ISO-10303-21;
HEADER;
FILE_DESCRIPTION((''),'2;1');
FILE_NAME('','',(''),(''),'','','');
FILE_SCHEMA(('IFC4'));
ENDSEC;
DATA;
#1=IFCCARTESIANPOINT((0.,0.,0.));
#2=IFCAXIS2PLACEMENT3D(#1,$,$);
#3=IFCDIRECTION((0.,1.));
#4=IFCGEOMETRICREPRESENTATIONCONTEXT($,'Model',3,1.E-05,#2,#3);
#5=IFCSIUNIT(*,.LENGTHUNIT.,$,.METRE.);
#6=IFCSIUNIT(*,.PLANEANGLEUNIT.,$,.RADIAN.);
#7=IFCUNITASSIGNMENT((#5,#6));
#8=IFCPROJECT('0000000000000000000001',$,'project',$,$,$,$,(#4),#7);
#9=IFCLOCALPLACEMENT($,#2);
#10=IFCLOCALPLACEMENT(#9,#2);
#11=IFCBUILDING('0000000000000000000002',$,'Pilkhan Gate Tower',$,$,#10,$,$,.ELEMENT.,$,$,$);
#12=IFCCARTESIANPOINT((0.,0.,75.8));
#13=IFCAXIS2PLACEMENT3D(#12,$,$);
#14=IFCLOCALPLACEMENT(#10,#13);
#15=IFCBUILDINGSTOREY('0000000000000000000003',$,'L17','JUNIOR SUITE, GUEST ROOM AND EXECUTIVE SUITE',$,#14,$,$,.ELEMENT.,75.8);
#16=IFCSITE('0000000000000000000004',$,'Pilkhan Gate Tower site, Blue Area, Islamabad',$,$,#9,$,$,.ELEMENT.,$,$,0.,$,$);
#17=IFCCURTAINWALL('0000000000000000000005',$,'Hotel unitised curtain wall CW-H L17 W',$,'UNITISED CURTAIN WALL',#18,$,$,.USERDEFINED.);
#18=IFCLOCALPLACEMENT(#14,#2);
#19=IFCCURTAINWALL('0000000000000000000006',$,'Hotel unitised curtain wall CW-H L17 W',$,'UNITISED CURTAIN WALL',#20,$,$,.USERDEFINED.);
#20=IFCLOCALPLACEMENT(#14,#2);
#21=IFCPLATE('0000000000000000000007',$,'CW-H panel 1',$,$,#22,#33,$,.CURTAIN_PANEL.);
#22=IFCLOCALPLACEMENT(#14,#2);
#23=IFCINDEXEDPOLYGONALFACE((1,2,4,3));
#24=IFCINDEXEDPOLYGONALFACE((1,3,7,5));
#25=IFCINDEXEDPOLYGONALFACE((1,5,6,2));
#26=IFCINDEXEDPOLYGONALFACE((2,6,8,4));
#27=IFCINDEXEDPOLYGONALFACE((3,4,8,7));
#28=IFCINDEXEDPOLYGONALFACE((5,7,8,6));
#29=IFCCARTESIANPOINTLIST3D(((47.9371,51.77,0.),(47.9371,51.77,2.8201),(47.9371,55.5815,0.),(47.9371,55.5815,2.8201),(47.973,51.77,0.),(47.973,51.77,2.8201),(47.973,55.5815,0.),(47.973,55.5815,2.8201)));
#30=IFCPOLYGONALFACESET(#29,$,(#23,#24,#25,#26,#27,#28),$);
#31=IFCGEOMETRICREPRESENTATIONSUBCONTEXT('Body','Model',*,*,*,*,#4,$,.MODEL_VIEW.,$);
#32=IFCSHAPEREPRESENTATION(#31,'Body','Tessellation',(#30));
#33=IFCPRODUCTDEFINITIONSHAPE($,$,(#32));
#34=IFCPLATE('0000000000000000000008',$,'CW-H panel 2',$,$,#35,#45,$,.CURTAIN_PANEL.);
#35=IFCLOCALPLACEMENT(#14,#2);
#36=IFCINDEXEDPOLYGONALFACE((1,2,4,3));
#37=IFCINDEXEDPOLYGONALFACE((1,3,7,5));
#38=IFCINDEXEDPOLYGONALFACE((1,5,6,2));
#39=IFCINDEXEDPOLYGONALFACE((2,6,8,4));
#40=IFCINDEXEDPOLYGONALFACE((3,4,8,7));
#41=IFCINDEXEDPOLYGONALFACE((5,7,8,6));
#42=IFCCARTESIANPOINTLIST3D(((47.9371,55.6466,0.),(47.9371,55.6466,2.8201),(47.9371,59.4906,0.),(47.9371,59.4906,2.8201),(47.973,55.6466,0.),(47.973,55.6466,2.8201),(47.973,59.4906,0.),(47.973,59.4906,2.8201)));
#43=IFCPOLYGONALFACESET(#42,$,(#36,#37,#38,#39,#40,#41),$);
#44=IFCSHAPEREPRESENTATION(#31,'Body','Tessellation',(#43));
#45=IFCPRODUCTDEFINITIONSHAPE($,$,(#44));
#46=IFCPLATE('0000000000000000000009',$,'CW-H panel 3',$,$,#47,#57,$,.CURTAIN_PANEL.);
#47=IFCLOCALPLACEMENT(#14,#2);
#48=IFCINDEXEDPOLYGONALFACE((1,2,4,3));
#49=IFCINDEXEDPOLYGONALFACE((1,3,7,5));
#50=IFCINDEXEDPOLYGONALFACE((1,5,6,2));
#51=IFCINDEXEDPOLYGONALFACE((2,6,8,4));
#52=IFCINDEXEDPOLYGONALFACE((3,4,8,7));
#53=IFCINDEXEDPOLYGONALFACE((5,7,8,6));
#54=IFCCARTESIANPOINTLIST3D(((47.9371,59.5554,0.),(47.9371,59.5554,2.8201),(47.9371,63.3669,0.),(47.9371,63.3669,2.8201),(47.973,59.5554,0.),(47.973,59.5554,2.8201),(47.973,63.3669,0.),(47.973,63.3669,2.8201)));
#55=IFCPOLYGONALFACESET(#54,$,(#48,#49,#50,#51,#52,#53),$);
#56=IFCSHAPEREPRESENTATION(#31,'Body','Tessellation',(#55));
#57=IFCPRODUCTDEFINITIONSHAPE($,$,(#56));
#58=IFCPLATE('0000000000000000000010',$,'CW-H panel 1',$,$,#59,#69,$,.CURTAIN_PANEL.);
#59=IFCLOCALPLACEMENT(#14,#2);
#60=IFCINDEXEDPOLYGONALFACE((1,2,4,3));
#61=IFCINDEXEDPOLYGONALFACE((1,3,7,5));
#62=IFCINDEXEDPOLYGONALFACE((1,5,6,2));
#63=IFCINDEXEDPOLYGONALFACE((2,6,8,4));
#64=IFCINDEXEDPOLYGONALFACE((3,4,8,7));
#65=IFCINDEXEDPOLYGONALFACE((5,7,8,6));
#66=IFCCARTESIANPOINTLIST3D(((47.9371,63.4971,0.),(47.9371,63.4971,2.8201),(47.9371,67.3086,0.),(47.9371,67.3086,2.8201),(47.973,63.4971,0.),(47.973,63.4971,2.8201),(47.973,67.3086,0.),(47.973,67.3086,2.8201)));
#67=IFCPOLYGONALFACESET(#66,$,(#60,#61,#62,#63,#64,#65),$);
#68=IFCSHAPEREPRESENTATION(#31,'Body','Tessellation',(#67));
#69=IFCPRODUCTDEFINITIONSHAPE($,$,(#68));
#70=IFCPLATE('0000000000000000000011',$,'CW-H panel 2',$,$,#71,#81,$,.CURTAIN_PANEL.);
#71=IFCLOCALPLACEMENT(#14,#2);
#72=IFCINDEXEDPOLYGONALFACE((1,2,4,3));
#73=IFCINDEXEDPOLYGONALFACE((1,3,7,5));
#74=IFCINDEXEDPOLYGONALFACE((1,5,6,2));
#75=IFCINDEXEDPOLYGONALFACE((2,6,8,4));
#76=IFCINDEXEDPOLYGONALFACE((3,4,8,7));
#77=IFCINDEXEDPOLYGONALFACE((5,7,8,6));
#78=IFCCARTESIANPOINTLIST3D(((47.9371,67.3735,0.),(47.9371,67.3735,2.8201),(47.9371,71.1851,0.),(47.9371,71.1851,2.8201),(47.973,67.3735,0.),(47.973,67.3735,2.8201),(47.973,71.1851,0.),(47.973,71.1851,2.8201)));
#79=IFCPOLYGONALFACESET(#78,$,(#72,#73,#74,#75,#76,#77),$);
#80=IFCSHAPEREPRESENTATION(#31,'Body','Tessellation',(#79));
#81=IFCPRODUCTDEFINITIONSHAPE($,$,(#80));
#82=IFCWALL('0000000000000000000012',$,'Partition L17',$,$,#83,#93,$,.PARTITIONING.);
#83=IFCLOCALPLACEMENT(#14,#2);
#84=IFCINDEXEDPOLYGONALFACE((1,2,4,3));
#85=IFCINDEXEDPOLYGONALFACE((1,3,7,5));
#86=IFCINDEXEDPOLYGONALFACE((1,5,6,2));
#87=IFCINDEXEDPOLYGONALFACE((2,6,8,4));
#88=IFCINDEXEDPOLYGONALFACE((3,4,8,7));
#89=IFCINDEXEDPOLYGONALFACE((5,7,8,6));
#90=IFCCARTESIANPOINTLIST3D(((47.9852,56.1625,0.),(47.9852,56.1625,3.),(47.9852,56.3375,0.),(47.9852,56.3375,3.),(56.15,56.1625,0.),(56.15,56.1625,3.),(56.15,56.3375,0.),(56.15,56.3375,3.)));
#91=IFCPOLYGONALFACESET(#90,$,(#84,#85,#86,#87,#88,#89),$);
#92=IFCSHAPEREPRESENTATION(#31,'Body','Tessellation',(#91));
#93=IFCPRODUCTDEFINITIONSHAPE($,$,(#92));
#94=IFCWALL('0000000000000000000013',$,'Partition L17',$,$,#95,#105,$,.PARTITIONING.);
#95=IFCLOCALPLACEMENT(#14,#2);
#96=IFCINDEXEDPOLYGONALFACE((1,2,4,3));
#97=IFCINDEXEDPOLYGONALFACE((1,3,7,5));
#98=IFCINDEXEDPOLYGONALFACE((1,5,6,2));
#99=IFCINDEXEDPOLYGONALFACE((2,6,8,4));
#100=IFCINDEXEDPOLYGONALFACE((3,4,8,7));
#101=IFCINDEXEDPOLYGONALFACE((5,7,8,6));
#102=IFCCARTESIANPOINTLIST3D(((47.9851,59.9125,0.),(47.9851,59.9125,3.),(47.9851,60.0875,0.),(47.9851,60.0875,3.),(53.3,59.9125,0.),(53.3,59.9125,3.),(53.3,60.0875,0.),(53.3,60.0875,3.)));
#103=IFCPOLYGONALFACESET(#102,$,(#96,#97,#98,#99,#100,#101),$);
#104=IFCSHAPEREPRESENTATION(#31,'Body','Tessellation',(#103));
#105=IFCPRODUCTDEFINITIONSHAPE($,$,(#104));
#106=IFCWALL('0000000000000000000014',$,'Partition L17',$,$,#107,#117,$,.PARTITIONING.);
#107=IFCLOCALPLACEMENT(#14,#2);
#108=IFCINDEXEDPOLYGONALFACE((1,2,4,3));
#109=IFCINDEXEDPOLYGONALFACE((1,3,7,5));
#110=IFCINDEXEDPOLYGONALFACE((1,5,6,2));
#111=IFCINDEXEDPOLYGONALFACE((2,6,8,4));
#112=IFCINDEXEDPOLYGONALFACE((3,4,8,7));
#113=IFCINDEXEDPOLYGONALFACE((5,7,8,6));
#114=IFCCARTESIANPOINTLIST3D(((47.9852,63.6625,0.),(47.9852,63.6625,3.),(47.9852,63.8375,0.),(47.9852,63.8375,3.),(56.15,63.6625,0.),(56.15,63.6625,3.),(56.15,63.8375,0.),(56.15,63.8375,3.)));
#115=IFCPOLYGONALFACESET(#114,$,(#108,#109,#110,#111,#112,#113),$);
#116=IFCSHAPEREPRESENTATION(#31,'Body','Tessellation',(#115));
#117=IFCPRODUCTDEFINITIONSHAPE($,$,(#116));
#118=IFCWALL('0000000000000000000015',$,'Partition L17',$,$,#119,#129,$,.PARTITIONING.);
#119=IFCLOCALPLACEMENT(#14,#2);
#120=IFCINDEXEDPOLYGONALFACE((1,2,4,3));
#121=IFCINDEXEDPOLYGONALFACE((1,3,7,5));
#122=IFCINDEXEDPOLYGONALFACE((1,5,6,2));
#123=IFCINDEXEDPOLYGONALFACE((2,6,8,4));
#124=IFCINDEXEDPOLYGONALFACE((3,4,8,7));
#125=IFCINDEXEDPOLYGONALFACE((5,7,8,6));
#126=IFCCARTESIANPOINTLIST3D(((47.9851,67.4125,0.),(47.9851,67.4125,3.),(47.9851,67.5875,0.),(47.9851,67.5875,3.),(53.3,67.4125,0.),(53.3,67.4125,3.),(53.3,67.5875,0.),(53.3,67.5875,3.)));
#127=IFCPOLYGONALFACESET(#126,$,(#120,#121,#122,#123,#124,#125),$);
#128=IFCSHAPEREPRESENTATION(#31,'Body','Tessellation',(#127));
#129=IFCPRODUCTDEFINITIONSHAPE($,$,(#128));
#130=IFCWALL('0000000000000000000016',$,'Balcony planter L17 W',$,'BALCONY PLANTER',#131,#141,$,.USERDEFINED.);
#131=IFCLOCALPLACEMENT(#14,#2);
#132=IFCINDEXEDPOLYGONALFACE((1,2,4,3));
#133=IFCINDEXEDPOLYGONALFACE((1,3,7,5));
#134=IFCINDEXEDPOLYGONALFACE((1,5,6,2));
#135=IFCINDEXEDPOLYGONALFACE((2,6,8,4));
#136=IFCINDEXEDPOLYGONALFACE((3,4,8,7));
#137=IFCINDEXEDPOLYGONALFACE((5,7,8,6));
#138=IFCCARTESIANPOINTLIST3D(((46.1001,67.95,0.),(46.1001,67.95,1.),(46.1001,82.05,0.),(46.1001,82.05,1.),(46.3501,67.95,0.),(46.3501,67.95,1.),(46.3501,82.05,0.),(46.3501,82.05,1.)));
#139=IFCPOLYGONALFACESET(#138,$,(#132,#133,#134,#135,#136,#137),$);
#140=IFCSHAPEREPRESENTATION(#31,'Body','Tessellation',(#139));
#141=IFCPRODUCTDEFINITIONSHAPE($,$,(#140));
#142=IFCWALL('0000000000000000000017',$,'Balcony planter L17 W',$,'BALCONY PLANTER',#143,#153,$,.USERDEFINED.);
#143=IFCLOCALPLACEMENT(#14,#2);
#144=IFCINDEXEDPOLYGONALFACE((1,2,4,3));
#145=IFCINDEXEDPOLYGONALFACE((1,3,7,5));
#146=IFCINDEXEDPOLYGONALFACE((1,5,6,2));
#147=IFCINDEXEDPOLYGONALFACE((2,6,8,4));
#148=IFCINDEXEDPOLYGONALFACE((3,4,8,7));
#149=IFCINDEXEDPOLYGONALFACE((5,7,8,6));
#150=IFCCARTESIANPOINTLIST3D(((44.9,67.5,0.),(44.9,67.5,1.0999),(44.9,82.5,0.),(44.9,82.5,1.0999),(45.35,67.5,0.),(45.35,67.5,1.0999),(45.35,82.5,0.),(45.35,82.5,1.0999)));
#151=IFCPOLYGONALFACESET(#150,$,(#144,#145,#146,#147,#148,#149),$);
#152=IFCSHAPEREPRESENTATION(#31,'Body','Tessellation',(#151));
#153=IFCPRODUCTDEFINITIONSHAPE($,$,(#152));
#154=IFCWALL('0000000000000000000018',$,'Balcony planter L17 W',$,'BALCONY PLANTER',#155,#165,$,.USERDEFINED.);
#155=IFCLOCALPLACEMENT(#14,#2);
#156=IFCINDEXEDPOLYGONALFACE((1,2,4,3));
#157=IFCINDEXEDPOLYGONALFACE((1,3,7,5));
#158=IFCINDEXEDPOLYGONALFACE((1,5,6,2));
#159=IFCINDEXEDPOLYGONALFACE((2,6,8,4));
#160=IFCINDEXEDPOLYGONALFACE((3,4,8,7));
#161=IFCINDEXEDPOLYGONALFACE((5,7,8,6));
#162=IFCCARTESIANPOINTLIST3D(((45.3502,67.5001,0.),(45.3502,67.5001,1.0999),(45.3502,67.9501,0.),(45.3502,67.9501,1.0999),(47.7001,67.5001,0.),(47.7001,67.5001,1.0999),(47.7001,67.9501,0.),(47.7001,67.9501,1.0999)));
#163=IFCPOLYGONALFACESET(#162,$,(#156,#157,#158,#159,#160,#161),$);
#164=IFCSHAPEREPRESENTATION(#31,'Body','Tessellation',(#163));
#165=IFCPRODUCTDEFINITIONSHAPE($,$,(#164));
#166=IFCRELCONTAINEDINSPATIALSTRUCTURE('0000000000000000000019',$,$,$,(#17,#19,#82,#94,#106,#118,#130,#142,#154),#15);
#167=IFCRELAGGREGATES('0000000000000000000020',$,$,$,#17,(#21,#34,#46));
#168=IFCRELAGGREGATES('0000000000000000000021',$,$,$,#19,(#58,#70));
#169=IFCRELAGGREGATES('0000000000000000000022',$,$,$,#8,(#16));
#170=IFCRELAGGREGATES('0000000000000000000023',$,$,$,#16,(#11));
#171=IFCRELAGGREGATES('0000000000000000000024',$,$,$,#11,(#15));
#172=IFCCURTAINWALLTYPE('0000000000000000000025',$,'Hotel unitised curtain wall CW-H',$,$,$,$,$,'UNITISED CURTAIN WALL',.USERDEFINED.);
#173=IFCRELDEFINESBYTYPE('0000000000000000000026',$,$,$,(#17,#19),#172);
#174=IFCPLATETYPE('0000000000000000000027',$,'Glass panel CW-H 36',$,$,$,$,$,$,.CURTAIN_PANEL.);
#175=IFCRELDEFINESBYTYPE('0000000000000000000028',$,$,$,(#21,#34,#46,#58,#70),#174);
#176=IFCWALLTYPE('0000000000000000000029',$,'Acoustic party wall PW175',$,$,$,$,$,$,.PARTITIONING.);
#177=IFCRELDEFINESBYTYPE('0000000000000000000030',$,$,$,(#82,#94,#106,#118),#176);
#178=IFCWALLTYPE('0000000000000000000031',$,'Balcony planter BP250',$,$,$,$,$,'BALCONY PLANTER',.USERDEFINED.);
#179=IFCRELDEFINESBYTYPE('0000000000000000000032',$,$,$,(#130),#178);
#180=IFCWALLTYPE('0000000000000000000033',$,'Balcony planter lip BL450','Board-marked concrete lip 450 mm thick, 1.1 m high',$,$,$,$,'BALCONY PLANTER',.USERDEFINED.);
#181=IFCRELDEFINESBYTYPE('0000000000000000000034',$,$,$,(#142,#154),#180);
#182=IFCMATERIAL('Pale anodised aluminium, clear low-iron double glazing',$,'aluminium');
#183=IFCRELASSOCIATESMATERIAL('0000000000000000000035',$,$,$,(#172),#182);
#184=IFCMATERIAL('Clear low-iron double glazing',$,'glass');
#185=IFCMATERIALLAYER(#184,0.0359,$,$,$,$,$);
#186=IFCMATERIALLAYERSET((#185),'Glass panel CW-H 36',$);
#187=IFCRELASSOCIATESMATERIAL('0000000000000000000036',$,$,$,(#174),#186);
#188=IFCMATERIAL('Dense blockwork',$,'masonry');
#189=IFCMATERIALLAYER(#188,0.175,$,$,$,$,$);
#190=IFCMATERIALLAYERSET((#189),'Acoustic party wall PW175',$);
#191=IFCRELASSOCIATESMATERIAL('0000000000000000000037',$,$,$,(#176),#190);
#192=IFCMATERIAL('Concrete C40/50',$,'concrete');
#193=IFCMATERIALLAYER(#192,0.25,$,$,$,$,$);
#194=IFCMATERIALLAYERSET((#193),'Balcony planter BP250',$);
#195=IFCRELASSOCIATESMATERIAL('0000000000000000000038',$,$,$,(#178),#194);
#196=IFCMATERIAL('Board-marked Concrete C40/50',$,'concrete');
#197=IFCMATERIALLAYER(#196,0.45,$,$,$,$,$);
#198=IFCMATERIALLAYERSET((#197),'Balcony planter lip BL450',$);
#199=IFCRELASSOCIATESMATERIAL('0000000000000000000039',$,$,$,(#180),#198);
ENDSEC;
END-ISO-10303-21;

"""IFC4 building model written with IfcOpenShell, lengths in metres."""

from ifc_helpers import new_model, si_unit, direction, frame, frame_2d, origin, origin_2d, place, context, subcontext, project, spatial, rectangle, extrude, material, layer, layer_set, type_object, element, aggregate, save


model = new_model("IFC4")

# Units and contexts
model_context = context("Model", 3, precision=1e-05, world=origin(), true_north=direction((0.0, 1.0)))
body_context = subcontext(model_context, "Body", "Model", "MODEL_VIEW")
ifc_project = project(units=[si_unit("LENGTHUNIT", "METRE"), si_unit("PLANEANGLEUNIT", "RADIAN")], contexts=[model_context])

# Site, building, storey
site_placement = place(None, origin())
site = spatial("IfcSite", under=ifc_project, at=site_placement, Name="Pilkhan Gate Tower site, Blue Area, Islamabad", CompositionType="ELEMENT", RefElevation=0.0)
building_placement = place(site_placement, origin())
building = spatial("IfcBuilding", under=site, at=building_placement, Name="Pilkhan Gate Tower", CompositionType="ELEMENT")
storey_placement = place(building_placement, frame((0.0, 0.0, 75.8)))
storey = spatial("IfcBuildingStorey", under=building, at=storey_placement, Name="L17", Description="JUNIOR SUITE, GUEST ROOM AND EXECUTIVE SUITE", CompositionType="ELEMENT", Elevation=75.8)

# Curtain walls
ifc_material_1 = material(Name="Pale anodised aluminium, clear low-iron double glazing", Category="aluminium")
curtain_wall_type = type_object("IfcCurtainWallType", Name="Hotel unitised curtain wall CW-H", ElementType="UNITISED CURTAIN WALL", PredefinedType="USERDEFINED", material=ifc_material_1)
curtain_wall_1_placement = place(storey_placement, origin())
curtain_wall_1 = element("IfcCurtainWall", 1, at=curtain_wall_1_placement, inside=storey, type_object=curtain_wall_type, Name="Hotel unitised curtain wall CW-H L17 W", ObjectType="UNITISED CURTAIN WALL", PredefinedType="USERDEFINED")
curtain_wall_2_placement = place(storey_placement, origin())
curtain_wall_2 = element("IfcCurtainWall", 2, at=curtain_wall_2_placement, inside=storey, type_object=curtain_wall_type, Name="Hotel unitised curtain wall CW-H L17 W", ObjectType="UNITISED CURTAIN WALL", PredefinedType="USERDEFINED")

# Plates
ifc_material_2 = material(Name="Clear low-iron double glazing", Category="glass")
ifc_layer_1 = layer(ifc_material_2, 0.0359)
ifc_layer_set_1 = layer_set([ifc_layer_1], Name="Glass panel CW-H 36")
plate_type = type_object("IfcPlateType", Name="Glass panel CW-H 36", PredefinedType="CURTAIN_PANEL", material=ifc_layer_set_1)
plate_1_placement = place(storey_placement, frame((47.9551, 53.6758, 0.0), z_axis=(0.0, 0.0, 1.0), x_axis=(0.0, 1.0, 0.0)))
plate_1 = element("IfcPlate", 3, at=plate_1_placement, type_object=plate_type, Name="CW-H panel 1", PredefinedType="CURTAIN_PANEL", context=body_context, shape_type="SweptSolid", body=[
    extrude(rectangle(XDim=3.8115, YDim=0.0359, at=origin_2d()), origin(), (0.0, 0.0, 1.0), 2.8201),
])
plate_2_placement = place(storey_placement, frame((47.9551, 57.5686, 0.0), z_axis=(0.0, 0.0, 1.0), x_axis=(0.0, 1.0, 0.0)))
plate_2 = element("IfcPlate", 4, at=plate_2_placement, type_object=plate_type, Name="CW-H panel 2", PredefinedType="CURTAIN_PANEL", context=body_context, shape_type="SweptSolid", body=[
    extrude(rectangle(XDim=3.844, YDim=0.0359, at=origin_2d()), origin(), (0.0, 0.0, 1.0), 2.8201),
])
plate_3_placement = place(storey_placement, frame((47.9551, 61.4612, 0.0), z_axis=(0.0, 0.0, 1.0), x_axis=(0.0, 1.0, 0.0)))
plate_3 = element("IfcPlate", 5, at=plate_3_placement, type_object=plate_type, Name="CW-H panel 3", PredefinedType="CURTAIN_PANEL", context=body_context, shape_type="SweptSolid", body=[
    extrude(rectangle(XDim=3.8115, YDim=0.0359, at=origin_2d()), origin(), (0.0, 0.0, 1.0), 2.8201),
])
aggregate(curtain_wall_1, [plate_1, plate_2, plate_3])
plate_4_placement = place(storey_placement, frame((47.9551, 65.4028, 0.0), z_axis=(0.0, 0.0, 1.0), x_axis=(0.0, 1.0, 0.0)))
plate_4 = element("IfcPlate", 6, at=plate_4_placement, type_object=plate_type, Name="CW-H panel 1", PredefinedType="CURTAIN_PANEL", context=body_context, shape_type="SweptSolid", body=[
    extrude(rectangle(XDim=3.8115, YDim=0.0359, at=origin_2d()), origin(), (0.0, 0.0, 1.0), 2.8201),
])
plate_5_placement = place(storey_placement, frame((47.9551, 69.2793, 0.0), z_axis=(0.0, 0.0, 1.0), x_axis=(0.0, 1.0, 0.0)))
plate_5 = element("IfcPlate", 7, at=plate_5_placement, type_object=plate_type, Name="CW-H panel 2", PredefinedType="CURTAIN_PANEL", context=body_context, shape_type="SweptSolid", body=[
    extrude(rectangle(XDim=3.8115, YDim=0.0359, at=origin_2d()), origin(), (0.0, 0.0, 1.0), 2.8201),
])
aggregate(curtain_wall_2, [plate_4, plate_5])

# Walls
ifc_material_3 = material(Name="Dense blockwork", Category="masonry")
ifc_layer_2 = layer(ifc_material_3, 0.175)
ifc_layer_set_2 = layer_set([ifc_layer_2], Name="Acoustic party wall PW175")
wall_type_1 = type_object("IfcWallType", Name="Acoustic party wall PW175", PredefinedType="PARTITIONING", material=ifc_layer_set_2)
wall_1_placement = place(storey_placement, frame((47.9851, 56.25, 0.0), z_axis=(0.0, 0.0, 1.0), x_axis=(1.0, 0.0, 0.0)))
element("IfcWall", 8, at=wall_1_placement, inside=storey, type_object=wall_type_1, Name="Partition L17", PredefinedType="PARTITIONING", context=body_context, shape_type="SweptSolid", body=[
    extrude(rectangle(XDim=8.1648, YDim=0.175, at=frame_2d((4.0825, 0.0))), origin(), (0.0, 0.0, 1.0), 3.0),
])
wall_2_placement = place(storey_placement, frame((47.9851, 60.0, 0.0), z_axis=(0.0, 0.0, 1.0), x_axis=(1.0, 0.0, 0.0)))
element("IfcWall", 9, at=wall_2_placement, inside=storey, type_object=wall_type_1, Name="Partition L17", PredefinedType="PARTITIONING", context=body_context, shape_type="SweptSolid", body=[
    extrude(rectangle(XDim=5.3149, YDim=0.175, at=frame_2d((2.6575, 0.0))), origin(), (0.0, 0.0, 1.0), 3.0),
])
wall_3_placement = place(storey_placement, frame((47.9851, 63.75, 0.0), z_axis=(0.0, 0.0, 1.0), x_axis=(1.0, 0.0, 0.0)))
element("IfcWall", 10, at=wall_3_placement, inside=storey, type_object=wall_type_1, Name="Partition L17", PredefinedType="PARTITIONING", context=body_context, shape_type="SweptSolid", body=[
    extrude(rectangle(XDim=8.1648, YDim=0.175, at=frame_2d((4.0825, 0.0))), origin(), (0.0, 0.0, 1.0), 3.0),
])
wall_4_placement = place(storey_placement, frame((47.9851, 67.5, 0.0), z_axis=(0.0, 0.0, 1.0), x_axis=(1.0, 0.0, 0.0)))
element("IfcWall", 11, at=wall_4_placement, inside=storey, type_object=wall_type_1, Name="Partition L17", PredefinedType="PARTITIONING", context=body_context, shape_type="SweptSolid", body=[
    extrude(rectangle(XDim=5.3149, YDim=0.175, at=frame_2d((2.6575, 0.0))), origin(), (0.0, 0.0, 1.0), 3.0),
])
ifc_material_4 = material(Name="Concrete C40/50", Category="concrete")
ifc_layer_3 = layer(ifc_material_4, 0.25)
ifc_layer_set_3 = layer_set([ifc_layer_3], Name="Balcony planter BP250")
wall_type_2 = type_object("IfcWallType", Name="Balcony planter BP250", ElementType="BALCONY PLANTER", PredefinedType="USERDEFINED", material=ifc_layer_set_3)
wall_5_placement = place(storey_placement, frame((46.2251, 67.95, 0.0), z_axis=(0.0, 0.0, 1.0), x_axis=(0.0, 1.0, 0.0)))
element("IfcWall", 12, at=wall_5_placement, inside=storey, type_object=wall_type_2, Name="Balcony planter L17 W", ObjectType="BALCONY PLANTER", PredefinedType="USERDEFINED", context=body_context, shape_type="SweptSolid", body=[
    extrude(rectangle(XDim=14.1001, YDim=0.25, at=frame_2d((7.05, 0.0))), origin(), (0.0, 0.0, 1.0), 1.0),
])
ifc_material_5 = material(Name="Board-marked Concrete C40/50", Category="concrete")
ifc_layer_4 = layer(ifc_material_5, 0.45)
ifc_layer_set_4 = layer_set([ifc_layer_4], Name="Balcony planter lip BL450")
wall_type_3 = type_object("IfcWallType", Name="Balcony planter lip BL450", Description="Board-marked concrete lip 450 mm thick, 1.1 m high", ElementType="BALCONY PLANTER", PredefinedType="USERDEFINED", material=ifc_layer_set_4)
wall_6_placement = place(storey_placement, frame((45.125, 67.5, 0.0), z_axis=(0.0, 0.0, 1.0), x_axis=(0.0, 1.0, 0.0)))
element("IfcWall", 13, at=wall_6_placement, inside=storey, type_object=wall_type_3, Name="Balcony planter L17 W", ObjectType="BALCONY PLANTER", PredefinedType="USERDEFINED", context=body_context, shape_type="SweptSolid", body=[
    extrude(rectangle(XDim=15.0, YDim=0.45, at=frame_2d((7.5, 0.0))), origin(), (0.0, 0.0, 1.0), 1.0999),
])
wall_7_placement = place(storey_placement, frame((47.7, 67.7251, 0.0), z_axis=(0.0, 0.0, 1.0), x_axis=(-1.0, 0.0, 0.0)))
element("IfcWall", 14, at=wall_7_placement, inside=storey, type_object=wall_type_3, Name="Balcony planter L17 W", ObjectType="BALCONY PLANTER", PredefinedType="USERDEFINED", context=body_context, shape_type="SweptSolid", body=[
    extrude(rectangle(XDim=2.3499, YDim=0.45, at=frame_2d((1.1748, 0.0))), origin(), (0.0, 0.0, 1.0), 1.0999),
])

save(model, "model.ifc")
